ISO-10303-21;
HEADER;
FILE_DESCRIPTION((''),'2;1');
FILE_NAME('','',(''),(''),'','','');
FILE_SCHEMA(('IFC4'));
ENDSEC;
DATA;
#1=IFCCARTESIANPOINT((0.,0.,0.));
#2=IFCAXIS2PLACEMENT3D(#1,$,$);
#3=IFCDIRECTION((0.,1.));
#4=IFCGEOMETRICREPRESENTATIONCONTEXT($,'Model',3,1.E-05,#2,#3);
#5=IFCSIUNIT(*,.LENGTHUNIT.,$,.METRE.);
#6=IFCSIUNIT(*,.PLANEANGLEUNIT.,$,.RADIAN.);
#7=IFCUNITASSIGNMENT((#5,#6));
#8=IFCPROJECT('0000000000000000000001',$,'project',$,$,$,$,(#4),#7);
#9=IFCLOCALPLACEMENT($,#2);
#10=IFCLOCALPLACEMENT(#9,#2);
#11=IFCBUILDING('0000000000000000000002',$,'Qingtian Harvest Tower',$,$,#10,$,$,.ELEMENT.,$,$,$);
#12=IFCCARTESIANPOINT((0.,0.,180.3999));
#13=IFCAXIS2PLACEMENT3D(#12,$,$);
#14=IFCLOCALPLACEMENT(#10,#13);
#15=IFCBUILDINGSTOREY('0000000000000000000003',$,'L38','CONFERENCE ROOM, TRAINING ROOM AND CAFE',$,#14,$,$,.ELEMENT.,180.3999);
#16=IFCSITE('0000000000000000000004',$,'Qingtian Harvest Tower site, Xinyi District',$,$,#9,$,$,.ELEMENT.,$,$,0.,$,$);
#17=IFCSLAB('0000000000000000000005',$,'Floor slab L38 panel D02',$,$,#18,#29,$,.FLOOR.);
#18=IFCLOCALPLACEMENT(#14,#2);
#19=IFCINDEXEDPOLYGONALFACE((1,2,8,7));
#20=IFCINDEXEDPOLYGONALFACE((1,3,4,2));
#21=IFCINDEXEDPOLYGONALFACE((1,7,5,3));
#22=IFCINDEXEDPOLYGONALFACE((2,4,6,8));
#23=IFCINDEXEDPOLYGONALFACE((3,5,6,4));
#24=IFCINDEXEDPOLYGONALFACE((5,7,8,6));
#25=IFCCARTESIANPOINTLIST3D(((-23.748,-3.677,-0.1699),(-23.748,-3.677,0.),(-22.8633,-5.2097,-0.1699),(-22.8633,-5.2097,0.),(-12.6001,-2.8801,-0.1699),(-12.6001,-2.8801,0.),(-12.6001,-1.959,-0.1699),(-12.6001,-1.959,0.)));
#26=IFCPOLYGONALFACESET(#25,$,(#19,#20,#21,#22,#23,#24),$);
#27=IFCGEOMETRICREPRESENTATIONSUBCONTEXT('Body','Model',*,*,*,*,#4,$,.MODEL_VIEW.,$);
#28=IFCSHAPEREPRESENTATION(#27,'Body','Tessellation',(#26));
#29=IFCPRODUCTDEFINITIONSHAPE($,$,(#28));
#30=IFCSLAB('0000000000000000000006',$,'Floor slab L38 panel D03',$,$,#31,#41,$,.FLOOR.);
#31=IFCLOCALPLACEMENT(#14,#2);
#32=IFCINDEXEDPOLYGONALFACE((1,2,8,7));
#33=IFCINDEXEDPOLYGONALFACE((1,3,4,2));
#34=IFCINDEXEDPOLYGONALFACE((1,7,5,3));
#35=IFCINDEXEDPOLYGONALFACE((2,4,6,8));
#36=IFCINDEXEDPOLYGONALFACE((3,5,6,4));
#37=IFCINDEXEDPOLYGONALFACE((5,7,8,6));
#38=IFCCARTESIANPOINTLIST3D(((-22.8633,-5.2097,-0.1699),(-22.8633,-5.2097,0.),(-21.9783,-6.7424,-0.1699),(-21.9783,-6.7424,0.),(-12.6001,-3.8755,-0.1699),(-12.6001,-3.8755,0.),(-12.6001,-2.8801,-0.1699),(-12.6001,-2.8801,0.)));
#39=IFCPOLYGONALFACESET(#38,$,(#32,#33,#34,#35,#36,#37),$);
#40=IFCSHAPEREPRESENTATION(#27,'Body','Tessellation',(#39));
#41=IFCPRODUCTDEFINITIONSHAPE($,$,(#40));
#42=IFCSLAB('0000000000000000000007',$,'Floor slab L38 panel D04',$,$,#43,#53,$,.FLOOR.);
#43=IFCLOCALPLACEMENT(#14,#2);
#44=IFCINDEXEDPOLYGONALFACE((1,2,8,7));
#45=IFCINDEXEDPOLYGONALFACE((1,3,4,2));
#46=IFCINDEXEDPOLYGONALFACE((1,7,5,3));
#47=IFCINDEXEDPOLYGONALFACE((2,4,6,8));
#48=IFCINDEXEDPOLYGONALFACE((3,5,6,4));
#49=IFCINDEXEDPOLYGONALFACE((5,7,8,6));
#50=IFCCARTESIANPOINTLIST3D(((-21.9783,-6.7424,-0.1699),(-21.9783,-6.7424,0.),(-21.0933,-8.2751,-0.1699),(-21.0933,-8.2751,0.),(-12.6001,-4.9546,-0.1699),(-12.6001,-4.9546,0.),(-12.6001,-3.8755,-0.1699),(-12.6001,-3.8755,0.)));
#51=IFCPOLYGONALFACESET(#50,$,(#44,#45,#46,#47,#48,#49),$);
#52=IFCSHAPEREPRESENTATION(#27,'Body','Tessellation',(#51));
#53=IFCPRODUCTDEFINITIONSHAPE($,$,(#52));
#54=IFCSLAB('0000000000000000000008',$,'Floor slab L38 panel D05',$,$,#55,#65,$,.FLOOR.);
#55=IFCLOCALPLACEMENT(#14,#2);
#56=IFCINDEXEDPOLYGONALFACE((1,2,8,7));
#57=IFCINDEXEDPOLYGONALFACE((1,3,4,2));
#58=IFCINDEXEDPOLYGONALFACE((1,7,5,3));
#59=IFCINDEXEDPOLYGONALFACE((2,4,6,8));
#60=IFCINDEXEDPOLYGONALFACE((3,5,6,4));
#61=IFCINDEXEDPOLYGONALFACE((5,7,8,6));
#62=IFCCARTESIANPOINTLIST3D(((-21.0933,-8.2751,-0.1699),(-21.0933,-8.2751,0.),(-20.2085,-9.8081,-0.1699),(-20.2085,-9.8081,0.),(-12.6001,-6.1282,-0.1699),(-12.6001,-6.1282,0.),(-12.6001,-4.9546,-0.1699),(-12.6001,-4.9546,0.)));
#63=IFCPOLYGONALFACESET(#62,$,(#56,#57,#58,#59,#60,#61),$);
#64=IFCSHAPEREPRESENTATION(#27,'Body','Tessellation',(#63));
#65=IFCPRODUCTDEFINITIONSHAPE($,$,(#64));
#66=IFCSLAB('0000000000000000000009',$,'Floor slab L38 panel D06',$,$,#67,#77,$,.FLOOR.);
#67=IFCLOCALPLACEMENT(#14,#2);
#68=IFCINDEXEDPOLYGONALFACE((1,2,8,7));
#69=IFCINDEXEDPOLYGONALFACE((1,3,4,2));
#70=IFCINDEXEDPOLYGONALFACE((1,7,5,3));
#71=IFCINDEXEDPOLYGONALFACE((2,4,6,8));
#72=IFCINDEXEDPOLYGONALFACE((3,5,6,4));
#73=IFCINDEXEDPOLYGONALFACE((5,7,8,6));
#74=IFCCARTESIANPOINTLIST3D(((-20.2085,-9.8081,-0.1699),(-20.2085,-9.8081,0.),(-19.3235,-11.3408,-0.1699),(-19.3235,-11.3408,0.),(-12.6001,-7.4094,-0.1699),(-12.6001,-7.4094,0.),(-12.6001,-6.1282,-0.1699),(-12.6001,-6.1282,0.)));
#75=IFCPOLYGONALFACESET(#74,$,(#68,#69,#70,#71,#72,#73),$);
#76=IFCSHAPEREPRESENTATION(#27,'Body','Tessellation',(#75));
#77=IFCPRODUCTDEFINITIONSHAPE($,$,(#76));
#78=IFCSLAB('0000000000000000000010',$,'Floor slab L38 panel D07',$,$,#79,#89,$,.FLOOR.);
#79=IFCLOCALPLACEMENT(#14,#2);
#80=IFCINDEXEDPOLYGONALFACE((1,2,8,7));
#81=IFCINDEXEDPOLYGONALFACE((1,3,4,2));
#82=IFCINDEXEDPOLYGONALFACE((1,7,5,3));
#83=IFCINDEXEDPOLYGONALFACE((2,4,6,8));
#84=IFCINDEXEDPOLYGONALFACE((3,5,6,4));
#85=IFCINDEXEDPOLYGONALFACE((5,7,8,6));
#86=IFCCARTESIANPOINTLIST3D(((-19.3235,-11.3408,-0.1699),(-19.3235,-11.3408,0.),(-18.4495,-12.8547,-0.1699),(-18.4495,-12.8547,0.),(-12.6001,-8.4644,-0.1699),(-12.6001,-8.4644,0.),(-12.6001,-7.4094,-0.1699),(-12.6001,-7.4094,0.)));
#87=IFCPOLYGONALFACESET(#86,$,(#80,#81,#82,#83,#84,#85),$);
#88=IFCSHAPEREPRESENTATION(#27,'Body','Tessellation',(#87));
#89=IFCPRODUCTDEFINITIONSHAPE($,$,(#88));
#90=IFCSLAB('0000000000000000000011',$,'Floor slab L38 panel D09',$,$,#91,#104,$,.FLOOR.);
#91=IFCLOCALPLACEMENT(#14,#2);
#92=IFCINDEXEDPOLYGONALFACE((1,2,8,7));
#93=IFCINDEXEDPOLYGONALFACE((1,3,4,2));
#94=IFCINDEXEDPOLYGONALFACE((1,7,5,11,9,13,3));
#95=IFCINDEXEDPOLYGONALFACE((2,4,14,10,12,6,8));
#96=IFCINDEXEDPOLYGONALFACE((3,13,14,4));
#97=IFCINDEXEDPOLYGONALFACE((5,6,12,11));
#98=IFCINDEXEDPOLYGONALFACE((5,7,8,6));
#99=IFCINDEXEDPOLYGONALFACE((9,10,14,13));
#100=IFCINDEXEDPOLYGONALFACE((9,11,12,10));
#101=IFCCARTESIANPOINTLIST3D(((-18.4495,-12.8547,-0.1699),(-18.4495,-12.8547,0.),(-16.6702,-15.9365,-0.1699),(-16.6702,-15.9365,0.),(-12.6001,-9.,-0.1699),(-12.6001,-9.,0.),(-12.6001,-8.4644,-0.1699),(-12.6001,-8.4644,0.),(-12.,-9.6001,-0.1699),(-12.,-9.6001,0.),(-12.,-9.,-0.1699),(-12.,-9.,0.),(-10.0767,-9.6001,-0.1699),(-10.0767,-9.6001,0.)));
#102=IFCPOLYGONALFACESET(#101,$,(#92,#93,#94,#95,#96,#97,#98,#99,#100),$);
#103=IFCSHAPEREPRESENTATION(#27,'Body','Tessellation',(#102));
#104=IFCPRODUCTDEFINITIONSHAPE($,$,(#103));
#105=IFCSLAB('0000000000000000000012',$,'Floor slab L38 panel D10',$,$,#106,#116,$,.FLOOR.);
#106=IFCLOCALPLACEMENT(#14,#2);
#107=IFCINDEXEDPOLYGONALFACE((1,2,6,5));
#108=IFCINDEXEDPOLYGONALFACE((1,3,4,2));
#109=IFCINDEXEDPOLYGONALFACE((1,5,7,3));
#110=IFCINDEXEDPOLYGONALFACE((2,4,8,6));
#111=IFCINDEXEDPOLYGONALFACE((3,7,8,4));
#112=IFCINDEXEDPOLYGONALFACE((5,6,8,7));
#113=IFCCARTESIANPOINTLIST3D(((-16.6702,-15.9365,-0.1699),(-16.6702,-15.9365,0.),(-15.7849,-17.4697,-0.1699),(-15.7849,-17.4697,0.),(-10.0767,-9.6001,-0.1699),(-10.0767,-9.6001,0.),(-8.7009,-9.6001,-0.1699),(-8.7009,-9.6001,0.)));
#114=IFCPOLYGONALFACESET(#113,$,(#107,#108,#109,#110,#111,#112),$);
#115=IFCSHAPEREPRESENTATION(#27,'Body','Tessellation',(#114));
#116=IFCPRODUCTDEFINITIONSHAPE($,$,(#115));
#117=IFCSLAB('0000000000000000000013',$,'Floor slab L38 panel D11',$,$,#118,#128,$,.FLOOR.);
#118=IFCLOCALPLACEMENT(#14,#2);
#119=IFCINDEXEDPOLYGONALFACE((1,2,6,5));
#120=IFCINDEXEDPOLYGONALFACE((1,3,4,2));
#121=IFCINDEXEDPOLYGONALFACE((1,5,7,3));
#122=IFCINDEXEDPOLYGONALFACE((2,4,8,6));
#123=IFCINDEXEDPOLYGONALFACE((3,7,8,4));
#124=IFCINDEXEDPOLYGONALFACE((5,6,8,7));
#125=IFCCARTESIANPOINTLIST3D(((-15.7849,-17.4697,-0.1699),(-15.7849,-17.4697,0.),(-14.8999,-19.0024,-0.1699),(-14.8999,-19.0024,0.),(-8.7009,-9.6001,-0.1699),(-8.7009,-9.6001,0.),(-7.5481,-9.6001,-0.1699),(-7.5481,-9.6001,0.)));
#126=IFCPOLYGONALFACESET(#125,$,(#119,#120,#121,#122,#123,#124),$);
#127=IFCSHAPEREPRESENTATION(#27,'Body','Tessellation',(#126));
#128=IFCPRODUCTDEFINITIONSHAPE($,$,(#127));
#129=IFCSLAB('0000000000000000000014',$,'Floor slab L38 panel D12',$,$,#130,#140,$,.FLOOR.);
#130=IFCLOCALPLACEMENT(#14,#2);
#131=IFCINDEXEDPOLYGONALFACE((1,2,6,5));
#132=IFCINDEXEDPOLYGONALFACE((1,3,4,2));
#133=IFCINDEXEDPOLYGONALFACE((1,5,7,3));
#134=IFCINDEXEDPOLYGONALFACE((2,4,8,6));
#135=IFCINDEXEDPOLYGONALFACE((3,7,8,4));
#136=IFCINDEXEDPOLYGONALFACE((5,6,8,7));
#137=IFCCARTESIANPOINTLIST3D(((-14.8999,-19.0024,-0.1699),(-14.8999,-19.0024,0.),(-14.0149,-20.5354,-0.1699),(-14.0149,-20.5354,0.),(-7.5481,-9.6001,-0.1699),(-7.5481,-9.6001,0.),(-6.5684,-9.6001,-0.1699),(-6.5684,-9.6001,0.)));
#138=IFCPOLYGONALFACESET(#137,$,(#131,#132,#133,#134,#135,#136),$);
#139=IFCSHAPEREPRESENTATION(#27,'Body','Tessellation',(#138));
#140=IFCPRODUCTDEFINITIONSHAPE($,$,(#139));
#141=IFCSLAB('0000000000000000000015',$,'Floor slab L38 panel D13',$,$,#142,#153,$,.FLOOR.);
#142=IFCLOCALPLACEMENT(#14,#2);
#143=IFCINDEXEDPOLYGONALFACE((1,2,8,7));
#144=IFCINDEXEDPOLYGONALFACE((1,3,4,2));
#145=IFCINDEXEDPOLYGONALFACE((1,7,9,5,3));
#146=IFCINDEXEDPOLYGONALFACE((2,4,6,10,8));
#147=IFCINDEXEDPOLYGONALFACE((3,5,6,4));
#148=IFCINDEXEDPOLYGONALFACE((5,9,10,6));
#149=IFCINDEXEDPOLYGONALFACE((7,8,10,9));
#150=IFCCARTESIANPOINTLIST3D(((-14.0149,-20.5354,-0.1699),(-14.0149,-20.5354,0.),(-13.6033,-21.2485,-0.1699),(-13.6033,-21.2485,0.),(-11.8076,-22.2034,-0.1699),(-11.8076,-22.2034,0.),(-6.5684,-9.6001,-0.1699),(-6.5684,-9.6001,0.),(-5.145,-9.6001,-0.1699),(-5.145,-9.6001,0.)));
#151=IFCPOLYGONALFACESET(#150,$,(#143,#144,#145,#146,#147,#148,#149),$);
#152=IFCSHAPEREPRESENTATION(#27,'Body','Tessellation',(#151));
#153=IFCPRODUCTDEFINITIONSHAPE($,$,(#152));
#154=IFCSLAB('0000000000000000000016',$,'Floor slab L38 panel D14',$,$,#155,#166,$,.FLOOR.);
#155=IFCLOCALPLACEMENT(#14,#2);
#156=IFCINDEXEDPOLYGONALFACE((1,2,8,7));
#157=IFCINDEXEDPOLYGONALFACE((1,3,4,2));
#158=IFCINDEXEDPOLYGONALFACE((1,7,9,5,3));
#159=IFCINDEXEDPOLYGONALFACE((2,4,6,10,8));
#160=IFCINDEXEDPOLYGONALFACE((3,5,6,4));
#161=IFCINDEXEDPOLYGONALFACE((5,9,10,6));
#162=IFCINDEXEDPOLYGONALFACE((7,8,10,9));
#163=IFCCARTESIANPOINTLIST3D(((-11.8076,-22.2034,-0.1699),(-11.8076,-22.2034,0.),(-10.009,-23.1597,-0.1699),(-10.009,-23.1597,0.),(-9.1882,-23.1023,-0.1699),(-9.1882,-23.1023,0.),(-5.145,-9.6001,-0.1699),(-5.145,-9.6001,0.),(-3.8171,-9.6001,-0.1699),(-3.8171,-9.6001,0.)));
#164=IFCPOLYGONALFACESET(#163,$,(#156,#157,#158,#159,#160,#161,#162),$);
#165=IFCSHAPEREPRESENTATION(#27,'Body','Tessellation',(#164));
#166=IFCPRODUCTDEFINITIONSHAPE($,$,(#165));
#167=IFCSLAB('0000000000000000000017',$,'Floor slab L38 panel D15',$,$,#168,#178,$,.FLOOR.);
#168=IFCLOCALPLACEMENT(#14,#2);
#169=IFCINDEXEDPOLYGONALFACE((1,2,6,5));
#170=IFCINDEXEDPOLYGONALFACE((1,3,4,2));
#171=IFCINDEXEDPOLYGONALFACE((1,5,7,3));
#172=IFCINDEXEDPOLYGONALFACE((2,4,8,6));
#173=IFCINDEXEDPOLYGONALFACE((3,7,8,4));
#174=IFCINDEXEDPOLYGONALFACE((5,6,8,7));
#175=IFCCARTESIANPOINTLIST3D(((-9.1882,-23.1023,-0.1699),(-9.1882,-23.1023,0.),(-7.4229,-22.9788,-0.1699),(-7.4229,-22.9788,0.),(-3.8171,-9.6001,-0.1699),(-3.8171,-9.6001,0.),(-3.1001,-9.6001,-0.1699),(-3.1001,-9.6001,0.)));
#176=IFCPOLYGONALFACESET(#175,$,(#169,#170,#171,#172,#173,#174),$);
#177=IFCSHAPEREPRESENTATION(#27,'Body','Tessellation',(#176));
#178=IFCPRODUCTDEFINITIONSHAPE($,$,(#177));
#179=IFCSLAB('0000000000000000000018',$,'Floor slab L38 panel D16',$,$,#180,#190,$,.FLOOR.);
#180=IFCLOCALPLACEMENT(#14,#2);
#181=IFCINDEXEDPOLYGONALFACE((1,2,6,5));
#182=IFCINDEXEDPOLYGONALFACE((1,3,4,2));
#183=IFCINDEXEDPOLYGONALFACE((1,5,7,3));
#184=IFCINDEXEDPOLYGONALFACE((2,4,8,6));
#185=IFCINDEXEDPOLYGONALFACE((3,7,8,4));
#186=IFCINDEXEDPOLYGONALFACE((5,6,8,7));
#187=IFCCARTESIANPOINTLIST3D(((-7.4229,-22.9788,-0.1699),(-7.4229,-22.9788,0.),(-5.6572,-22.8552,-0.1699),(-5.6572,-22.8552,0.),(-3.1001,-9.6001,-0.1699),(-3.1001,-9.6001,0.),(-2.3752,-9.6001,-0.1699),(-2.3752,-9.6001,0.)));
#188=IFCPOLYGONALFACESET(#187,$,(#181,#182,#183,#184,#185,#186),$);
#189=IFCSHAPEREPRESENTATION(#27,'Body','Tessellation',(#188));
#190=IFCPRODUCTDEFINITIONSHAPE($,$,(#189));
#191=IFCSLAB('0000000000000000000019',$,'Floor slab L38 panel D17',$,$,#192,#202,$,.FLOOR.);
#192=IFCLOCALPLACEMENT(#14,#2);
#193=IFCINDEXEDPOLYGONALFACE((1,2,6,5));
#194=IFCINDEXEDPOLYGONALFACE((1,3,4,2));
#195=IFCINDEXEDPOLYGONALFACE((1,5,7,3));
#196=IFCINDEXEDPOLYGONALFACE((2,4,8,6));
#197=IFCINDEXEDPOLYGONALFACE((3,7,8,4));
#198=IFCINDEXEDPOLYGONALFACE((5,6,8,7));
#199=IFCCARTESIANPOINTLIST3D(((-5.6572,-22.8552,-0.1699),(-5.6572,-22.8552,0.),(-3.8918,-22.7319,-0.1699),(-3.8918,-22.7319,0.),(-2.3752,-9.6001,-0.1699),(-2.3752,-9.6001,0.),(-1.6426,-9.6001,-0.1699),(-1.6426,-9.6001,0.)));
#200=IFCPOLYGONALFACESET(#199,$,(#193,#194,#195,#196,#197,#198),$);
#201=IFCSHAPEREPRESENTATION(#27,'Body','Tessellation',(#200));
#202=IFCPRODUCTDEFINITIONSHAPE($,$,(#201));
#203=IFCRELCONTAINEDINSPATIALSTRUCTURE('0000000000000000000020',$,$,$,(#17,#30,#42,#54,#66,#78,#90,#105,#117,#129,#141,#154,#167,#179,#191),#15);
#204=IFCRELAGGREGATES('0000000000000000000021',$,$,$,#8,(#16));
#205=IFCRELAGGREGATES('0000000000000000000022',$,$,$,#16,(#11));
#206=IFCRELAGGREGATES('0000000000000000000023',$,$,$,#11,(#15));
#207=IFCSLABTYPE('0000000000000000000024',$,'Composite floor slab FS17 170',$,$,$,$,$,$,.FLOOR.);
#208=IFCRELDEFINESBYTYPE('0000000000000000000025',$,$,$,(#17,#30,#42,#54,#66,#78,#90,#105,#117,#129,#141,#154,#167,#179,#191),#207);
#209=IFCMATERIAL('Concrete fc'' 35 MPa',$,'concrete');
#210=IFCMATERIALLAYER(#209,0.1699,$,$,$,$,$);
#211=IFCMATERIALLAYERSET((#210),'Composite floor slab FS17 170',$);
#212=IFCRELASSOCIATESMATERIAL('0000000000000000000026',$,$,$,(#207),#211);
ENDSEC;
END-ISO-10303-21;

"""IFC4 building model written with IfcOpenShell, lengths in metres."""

from ifc_helpers import new_model, si_unit, direction, frame, origin, place, context, subcontext, project, spatial, polyline, outline, extrude, material, layer, layer_set, type_object, element, save


model = new_model("IFC4")

# Units and contexts
model_context = context("Model", 3, precision=1e-05, world=origin(), true_north=direction((0.0, 1.0)))
body_context = subcontext(model_context, "Body", "Model", "MODEL_VIEW")
ifc_project = project(units=[si_unit("LENGTHUNIT", "METRE"), si_unit("PLANEANGLEUNIT", "RADIAN")], contexts=[model_context])

# Site, building, storey
site_placement = place(None, origin())
site = spatial("IfcSite", under=ifc_project, at=site_placement, Name="Qingtian Harvest Tower site, Xinyi District", CompositionType="ELEMENT", RefElevation=0.0)
building_placement = place(site_placement, origin())
building = spatial("IfcBuilding", under=site, at=building_placement, Name="Qingtian Harvest Tower", CompositionType="ELEMENT")
storey_placement = place(building_placement, frame((0.0, 0.0, 180.3999)))
storey = spatial("IfcBuildingStorey", under=building, at=storey_placement, Name="L38", Description="CONFERENCE ROOM, TRAINING ROOM AND CAFE", CompositionType="ELEMENT", Elevation=180.3999)

# Slabs
ifc_material = material(Name="Concrete fc' 35 MPa", Category="concrete")
ifc_layer = layer(ifc_material, 0.1699)
ifc_layer_set = layer_set([ifc_layer], Name="Composite floor slab FS17 170")
slab_type = type_object("IfcSlabType", Name="Composite floor slab FS17 170", PredefinedType="FLOOR", material=ifc_layer_set)
slab_1_placement = place(storey_placement, frame((0.0, 0.0, -0.1699)))
element("IfcSlab", 1, at=slab_1_placement, inside=storey, type_object=slab_type, Name="Floor slab L38 panel D02", PredefinedType="FLOOR", context=body_context, shape_type="SweptSolid", body=[
    extrude(outline(polyline([(-12.6001, -2.8801), (-22.8633, -5.2097), (-23.748, -3.677), (-12.6001, -1.959), (-12.6001, -2.8801)])), origin(), (0.0, 0.0, 1.0), 0.1699),
])
slab_2_placement = place(storey_placement, frame((0.0, 0.0, -0.1699)))
element("IfcSlab", 2, at=slab_2_placement, inside=storey, type_object=slab_type, Name="Floor slab L38 panel D03", PredefinedType="FLOOR", context=body_context, shape_type="SweptSolid", body=[
    extrude(outline(polyline([(-12.6001, -3.8755), (-21.9783, -6.7424), (-22.8633, -5.2097), (-12.6001, -2.8801), (-12.6001, -3.8755)])), origin(), (0.0, 0.0, 1.0), 0.1699),
])
slab_3_placement = place(storey_placement, frame((0.0, 0.0, -0.1699)))
element("IfcSlab", 3, at=slab_3_placement, inside=storey, type_object=slab_type, Name="Floor slab L38 panel D04", PredefinedType="FLOOR", context=body_context, shape_type="SweptSolid", body=[
    extrude(outline(polyline([(-12.6001, -4.9546), (-21.0933, -8.2751), (-21.9783, -6.7424), (-12.6001, -3.8755), (-12.6001, -4.9546)])), origin(), (0.0, 0.0, 1.0), 0.1699),
])
slab_4_placement = place(storey_placement, frame((0.0, 0.0, -0.1699)))
element("IfcSlab", 4, at=slab_4_placement, inside=storey, type_object=slab_type, Name="Floor slab L38 panel D05", PredefinedType="FLOOR", context=body_context, shape_type="SweptSolid", body=[
    extrude(outline(polyline([(-12.6001, -6.1282), (-20.2085, -9.8081), (-21.0933, -8.2751), (-12.6001, -4.9546), (-12.6001, -6.1282)])), origin(), (0.0, 0.0, 1.0), 0.1699),
])
slab_5_placement = place(storey_placement, frame((0.0, 0.0, -0.1699)))
element("IfcSlab", 5, at=slab_5_placement, inside=storey, type_object=slab_type, Name="Floor slab L38 panel D06", PredefinedType="FLOOR", context=body_context, shape_type="SweptSolid", body=[
    extrude(outline(polyline([(-12.6001, -7.4094), (-19.3235, -11.3408), (-20.2085, -9.8081), (-12.6001, -6.1282), (-12.6001, -7.4094)])), origin(), (0.0, 0.0, 1.0), 0.1699),
])
slab_6_placement = place(storey_placement, frame((0.0, 0.0, -0.1699)))
element("IfcSlab", 6, at=slab_6_placement, inside=storey, type_object=slab_type, Name="Floor slab L38 panel D07", PredefinedType="FLOOR", context=body_context, shape_type="SweptSolid", body=[
    extrude(outline(polyline([(-12.6001, -8.4644), (-18.4495, -12.8547), (-19.3235, -11.3408), (-12.6001, -7.4094), (-12.6001, -8.4644)])), origin(), (0.0, 0.0, 1.0), 0.1699),
])
slab_7_placement = place(storey_placement, frame((0.0, 0.0, -0.1699)))
element("IfcSlab", 7, at=slab_7_placement, inside=storey, type_object=slab_type, Name="Floor slab L38 panel D09", PredefinedType="FLOOR", context=body_context, shape_type="SweptSolid", body=[
    extrude(outline(polyline([(-16.6702, -15.9365), (-18.4495, -12.8547), (-12.6001, -8.4644), (-12.6001, -9.0), (-12.0, -9.0), (-12.0, -9.6001), (-10.0767, -9.6001), (-16.6702, -15.9365)])), origin(), (0.0, 0.0, 1.0), 0.1699),
])
slab_8_placement = place(storey_placement, frame((0.0, 0.0, -0.1699)))
element("IfcSlab", 8, at=slab_8_placement, inside=storey, type_object=slab_type, Name="Floor slab L38 panel D10", PredefinedType="FLOOR", context=body_context, shape_type="SweptSolid", body=[
    extrude(outline(polyline([(-8.7009, -9.6001), (-15.7849, -17.4697), (-16.6702, -15.9365), (-10.0767, -9.6001), (-8.7009, -9.6001)])), origin(), (0.0, 0.0, 1.0), 0.1699),
])
slab_9_placement = place(storey_placement, frame((0.0, 0.0, -0.1699)))
element("IfcSlab", 9, at=slab_9_placement, inside=storey, type_object=slab_type, Name="Floor slab L38 panel D11", PredefinedType="FLOOR", context=body_context, shape_type="SweptSolid", body=[
    extrude(outline(polyline([(-7.5481, -9.6001), (-14.8999, -19.0024), (-15.7849, -17.4697), (-8.7009, -9.6001), (-7.5481, -9.6001)])), origin(), (0.0, 0.0, 1.0), 0.1699),
])
slab_10_placement = place(storey_placement, frame((0.0, 0.0, -0.1699)))
element("IfcSlab", 10, at=slab_10_placement, inside=storey, type_object=slab_type, Name="Floor slab L38 panel D12", PredefinedType="FLOOR", context=body_context, shape_type="SweptSolid", body=[
    extrude(outline(polyline([(-6.5684, -9.6001), (-14.0149, -20.5354), (-14.8999, -19.0024), (-7.5481, -9.6001), (-6.5684, -9.6001)])), origin(), (0.0, 0.0, 1.0), 0.1699),
])
slab_11_placement = place(storey_placement, frame((0.0, 0.0, -0.1699)))
element("IfcSlab", 11, at=slab_11_placement, inside=storey, type_object=slab_type, Name="Floor slab L38 panel D13", PredefinedType="FLOOR", context=body_context, shape_type="SweptSolid", body=[
    extrude(outline(polyline([(-6.5684, -9.6001), (-5.145, -9.6001), (-11.8076, -22.2034), (-13.6033, -21.2485), (-14.0149, -20.5354), (-6.5684, -9.6001)])), origin(), (0.0, 0.0, 1.0), 0.1699),
])
slab_12_placement = place(storey_placement, frame((0.0, 0.0, -0.1699)))
element("IfcSlab", 12, at=slab_12_placement, inside=storey, type_object=slab_type, Name="Floor slab L38 panel D14", PredefinedType="FLOOR", context=body_context, shape_type="SweptSolid", body=[
    extrude(outline(polyline([(-5.145, -9.6001), (-3.8171, -9.6001), (-9.1882, -23.1023), (-10.009, -23.1597), (-11.8076, -22.2034), (-5.145, -9.6001)])), origin(), (0.0, 0.0, 1.0), 0.1699),
])
slab_13_placement = place(storey_placement, frame((0.0, 0.0, -0.1699)))
element("IfcSlab", 13, at=slab_13_placement, inside=storey, type_object=slab_type, Name="Floor slab L38 panel D15", PredefinedType="FLOOR", context=body_context, shape_type="SweptSolid", body=[
    extrude(outline(polyline([(-3.1001, -9.6001), (-7.4229, -22.9788), (-9.1882, -23.1023), (-3.8171, -9.6001), (-3.1001, -9.6001)])), origin(), (0.0, 0.0, 1.0), 0.1699),
])
slab_14_placement = place(storey_placement, frame((0.0, 0.0, -0.1699)))
element("IfcSlab", 14, at=slab_14_placement, inside=storey, type_object=slab_type, Name="Floor slab L38 panel D16", PredefinedType="FLOOR", context=body_context, shape_type="SweptSolid", body=[
    extrude(outline(polyline([(-2.3752, -9.6001), (-5.6572, -22.8552), (-7.4229, -22.9788), (-3.1001, -9.6001), (-2.3752, -9.6001)])), origin(), (0.0, 0.0, 1.0), 0.1699),
])
slab_15_placement = place(storey_placement, frame((0.0, 0.0, -0.1699)))
element("IfcSlab", 15, at=slab_15_placement, inside=storey, type_object=slab_type, Name="Floor slab L38 panel D17", PredefinedType="FLOOR", context=body_context, shape_type="SweptSolid", body=[
    extrude(outline(polyline([(-1.6426, -9.6001), (-3.8918, -22.7319), (-5.6572, -22.8552), (-2.3752, -9.6001), (-1.6426, -9.6001)])), origin(), (0.0, 0.0, 1.0), 0.1699),
])

save(model, "model.ifc")
